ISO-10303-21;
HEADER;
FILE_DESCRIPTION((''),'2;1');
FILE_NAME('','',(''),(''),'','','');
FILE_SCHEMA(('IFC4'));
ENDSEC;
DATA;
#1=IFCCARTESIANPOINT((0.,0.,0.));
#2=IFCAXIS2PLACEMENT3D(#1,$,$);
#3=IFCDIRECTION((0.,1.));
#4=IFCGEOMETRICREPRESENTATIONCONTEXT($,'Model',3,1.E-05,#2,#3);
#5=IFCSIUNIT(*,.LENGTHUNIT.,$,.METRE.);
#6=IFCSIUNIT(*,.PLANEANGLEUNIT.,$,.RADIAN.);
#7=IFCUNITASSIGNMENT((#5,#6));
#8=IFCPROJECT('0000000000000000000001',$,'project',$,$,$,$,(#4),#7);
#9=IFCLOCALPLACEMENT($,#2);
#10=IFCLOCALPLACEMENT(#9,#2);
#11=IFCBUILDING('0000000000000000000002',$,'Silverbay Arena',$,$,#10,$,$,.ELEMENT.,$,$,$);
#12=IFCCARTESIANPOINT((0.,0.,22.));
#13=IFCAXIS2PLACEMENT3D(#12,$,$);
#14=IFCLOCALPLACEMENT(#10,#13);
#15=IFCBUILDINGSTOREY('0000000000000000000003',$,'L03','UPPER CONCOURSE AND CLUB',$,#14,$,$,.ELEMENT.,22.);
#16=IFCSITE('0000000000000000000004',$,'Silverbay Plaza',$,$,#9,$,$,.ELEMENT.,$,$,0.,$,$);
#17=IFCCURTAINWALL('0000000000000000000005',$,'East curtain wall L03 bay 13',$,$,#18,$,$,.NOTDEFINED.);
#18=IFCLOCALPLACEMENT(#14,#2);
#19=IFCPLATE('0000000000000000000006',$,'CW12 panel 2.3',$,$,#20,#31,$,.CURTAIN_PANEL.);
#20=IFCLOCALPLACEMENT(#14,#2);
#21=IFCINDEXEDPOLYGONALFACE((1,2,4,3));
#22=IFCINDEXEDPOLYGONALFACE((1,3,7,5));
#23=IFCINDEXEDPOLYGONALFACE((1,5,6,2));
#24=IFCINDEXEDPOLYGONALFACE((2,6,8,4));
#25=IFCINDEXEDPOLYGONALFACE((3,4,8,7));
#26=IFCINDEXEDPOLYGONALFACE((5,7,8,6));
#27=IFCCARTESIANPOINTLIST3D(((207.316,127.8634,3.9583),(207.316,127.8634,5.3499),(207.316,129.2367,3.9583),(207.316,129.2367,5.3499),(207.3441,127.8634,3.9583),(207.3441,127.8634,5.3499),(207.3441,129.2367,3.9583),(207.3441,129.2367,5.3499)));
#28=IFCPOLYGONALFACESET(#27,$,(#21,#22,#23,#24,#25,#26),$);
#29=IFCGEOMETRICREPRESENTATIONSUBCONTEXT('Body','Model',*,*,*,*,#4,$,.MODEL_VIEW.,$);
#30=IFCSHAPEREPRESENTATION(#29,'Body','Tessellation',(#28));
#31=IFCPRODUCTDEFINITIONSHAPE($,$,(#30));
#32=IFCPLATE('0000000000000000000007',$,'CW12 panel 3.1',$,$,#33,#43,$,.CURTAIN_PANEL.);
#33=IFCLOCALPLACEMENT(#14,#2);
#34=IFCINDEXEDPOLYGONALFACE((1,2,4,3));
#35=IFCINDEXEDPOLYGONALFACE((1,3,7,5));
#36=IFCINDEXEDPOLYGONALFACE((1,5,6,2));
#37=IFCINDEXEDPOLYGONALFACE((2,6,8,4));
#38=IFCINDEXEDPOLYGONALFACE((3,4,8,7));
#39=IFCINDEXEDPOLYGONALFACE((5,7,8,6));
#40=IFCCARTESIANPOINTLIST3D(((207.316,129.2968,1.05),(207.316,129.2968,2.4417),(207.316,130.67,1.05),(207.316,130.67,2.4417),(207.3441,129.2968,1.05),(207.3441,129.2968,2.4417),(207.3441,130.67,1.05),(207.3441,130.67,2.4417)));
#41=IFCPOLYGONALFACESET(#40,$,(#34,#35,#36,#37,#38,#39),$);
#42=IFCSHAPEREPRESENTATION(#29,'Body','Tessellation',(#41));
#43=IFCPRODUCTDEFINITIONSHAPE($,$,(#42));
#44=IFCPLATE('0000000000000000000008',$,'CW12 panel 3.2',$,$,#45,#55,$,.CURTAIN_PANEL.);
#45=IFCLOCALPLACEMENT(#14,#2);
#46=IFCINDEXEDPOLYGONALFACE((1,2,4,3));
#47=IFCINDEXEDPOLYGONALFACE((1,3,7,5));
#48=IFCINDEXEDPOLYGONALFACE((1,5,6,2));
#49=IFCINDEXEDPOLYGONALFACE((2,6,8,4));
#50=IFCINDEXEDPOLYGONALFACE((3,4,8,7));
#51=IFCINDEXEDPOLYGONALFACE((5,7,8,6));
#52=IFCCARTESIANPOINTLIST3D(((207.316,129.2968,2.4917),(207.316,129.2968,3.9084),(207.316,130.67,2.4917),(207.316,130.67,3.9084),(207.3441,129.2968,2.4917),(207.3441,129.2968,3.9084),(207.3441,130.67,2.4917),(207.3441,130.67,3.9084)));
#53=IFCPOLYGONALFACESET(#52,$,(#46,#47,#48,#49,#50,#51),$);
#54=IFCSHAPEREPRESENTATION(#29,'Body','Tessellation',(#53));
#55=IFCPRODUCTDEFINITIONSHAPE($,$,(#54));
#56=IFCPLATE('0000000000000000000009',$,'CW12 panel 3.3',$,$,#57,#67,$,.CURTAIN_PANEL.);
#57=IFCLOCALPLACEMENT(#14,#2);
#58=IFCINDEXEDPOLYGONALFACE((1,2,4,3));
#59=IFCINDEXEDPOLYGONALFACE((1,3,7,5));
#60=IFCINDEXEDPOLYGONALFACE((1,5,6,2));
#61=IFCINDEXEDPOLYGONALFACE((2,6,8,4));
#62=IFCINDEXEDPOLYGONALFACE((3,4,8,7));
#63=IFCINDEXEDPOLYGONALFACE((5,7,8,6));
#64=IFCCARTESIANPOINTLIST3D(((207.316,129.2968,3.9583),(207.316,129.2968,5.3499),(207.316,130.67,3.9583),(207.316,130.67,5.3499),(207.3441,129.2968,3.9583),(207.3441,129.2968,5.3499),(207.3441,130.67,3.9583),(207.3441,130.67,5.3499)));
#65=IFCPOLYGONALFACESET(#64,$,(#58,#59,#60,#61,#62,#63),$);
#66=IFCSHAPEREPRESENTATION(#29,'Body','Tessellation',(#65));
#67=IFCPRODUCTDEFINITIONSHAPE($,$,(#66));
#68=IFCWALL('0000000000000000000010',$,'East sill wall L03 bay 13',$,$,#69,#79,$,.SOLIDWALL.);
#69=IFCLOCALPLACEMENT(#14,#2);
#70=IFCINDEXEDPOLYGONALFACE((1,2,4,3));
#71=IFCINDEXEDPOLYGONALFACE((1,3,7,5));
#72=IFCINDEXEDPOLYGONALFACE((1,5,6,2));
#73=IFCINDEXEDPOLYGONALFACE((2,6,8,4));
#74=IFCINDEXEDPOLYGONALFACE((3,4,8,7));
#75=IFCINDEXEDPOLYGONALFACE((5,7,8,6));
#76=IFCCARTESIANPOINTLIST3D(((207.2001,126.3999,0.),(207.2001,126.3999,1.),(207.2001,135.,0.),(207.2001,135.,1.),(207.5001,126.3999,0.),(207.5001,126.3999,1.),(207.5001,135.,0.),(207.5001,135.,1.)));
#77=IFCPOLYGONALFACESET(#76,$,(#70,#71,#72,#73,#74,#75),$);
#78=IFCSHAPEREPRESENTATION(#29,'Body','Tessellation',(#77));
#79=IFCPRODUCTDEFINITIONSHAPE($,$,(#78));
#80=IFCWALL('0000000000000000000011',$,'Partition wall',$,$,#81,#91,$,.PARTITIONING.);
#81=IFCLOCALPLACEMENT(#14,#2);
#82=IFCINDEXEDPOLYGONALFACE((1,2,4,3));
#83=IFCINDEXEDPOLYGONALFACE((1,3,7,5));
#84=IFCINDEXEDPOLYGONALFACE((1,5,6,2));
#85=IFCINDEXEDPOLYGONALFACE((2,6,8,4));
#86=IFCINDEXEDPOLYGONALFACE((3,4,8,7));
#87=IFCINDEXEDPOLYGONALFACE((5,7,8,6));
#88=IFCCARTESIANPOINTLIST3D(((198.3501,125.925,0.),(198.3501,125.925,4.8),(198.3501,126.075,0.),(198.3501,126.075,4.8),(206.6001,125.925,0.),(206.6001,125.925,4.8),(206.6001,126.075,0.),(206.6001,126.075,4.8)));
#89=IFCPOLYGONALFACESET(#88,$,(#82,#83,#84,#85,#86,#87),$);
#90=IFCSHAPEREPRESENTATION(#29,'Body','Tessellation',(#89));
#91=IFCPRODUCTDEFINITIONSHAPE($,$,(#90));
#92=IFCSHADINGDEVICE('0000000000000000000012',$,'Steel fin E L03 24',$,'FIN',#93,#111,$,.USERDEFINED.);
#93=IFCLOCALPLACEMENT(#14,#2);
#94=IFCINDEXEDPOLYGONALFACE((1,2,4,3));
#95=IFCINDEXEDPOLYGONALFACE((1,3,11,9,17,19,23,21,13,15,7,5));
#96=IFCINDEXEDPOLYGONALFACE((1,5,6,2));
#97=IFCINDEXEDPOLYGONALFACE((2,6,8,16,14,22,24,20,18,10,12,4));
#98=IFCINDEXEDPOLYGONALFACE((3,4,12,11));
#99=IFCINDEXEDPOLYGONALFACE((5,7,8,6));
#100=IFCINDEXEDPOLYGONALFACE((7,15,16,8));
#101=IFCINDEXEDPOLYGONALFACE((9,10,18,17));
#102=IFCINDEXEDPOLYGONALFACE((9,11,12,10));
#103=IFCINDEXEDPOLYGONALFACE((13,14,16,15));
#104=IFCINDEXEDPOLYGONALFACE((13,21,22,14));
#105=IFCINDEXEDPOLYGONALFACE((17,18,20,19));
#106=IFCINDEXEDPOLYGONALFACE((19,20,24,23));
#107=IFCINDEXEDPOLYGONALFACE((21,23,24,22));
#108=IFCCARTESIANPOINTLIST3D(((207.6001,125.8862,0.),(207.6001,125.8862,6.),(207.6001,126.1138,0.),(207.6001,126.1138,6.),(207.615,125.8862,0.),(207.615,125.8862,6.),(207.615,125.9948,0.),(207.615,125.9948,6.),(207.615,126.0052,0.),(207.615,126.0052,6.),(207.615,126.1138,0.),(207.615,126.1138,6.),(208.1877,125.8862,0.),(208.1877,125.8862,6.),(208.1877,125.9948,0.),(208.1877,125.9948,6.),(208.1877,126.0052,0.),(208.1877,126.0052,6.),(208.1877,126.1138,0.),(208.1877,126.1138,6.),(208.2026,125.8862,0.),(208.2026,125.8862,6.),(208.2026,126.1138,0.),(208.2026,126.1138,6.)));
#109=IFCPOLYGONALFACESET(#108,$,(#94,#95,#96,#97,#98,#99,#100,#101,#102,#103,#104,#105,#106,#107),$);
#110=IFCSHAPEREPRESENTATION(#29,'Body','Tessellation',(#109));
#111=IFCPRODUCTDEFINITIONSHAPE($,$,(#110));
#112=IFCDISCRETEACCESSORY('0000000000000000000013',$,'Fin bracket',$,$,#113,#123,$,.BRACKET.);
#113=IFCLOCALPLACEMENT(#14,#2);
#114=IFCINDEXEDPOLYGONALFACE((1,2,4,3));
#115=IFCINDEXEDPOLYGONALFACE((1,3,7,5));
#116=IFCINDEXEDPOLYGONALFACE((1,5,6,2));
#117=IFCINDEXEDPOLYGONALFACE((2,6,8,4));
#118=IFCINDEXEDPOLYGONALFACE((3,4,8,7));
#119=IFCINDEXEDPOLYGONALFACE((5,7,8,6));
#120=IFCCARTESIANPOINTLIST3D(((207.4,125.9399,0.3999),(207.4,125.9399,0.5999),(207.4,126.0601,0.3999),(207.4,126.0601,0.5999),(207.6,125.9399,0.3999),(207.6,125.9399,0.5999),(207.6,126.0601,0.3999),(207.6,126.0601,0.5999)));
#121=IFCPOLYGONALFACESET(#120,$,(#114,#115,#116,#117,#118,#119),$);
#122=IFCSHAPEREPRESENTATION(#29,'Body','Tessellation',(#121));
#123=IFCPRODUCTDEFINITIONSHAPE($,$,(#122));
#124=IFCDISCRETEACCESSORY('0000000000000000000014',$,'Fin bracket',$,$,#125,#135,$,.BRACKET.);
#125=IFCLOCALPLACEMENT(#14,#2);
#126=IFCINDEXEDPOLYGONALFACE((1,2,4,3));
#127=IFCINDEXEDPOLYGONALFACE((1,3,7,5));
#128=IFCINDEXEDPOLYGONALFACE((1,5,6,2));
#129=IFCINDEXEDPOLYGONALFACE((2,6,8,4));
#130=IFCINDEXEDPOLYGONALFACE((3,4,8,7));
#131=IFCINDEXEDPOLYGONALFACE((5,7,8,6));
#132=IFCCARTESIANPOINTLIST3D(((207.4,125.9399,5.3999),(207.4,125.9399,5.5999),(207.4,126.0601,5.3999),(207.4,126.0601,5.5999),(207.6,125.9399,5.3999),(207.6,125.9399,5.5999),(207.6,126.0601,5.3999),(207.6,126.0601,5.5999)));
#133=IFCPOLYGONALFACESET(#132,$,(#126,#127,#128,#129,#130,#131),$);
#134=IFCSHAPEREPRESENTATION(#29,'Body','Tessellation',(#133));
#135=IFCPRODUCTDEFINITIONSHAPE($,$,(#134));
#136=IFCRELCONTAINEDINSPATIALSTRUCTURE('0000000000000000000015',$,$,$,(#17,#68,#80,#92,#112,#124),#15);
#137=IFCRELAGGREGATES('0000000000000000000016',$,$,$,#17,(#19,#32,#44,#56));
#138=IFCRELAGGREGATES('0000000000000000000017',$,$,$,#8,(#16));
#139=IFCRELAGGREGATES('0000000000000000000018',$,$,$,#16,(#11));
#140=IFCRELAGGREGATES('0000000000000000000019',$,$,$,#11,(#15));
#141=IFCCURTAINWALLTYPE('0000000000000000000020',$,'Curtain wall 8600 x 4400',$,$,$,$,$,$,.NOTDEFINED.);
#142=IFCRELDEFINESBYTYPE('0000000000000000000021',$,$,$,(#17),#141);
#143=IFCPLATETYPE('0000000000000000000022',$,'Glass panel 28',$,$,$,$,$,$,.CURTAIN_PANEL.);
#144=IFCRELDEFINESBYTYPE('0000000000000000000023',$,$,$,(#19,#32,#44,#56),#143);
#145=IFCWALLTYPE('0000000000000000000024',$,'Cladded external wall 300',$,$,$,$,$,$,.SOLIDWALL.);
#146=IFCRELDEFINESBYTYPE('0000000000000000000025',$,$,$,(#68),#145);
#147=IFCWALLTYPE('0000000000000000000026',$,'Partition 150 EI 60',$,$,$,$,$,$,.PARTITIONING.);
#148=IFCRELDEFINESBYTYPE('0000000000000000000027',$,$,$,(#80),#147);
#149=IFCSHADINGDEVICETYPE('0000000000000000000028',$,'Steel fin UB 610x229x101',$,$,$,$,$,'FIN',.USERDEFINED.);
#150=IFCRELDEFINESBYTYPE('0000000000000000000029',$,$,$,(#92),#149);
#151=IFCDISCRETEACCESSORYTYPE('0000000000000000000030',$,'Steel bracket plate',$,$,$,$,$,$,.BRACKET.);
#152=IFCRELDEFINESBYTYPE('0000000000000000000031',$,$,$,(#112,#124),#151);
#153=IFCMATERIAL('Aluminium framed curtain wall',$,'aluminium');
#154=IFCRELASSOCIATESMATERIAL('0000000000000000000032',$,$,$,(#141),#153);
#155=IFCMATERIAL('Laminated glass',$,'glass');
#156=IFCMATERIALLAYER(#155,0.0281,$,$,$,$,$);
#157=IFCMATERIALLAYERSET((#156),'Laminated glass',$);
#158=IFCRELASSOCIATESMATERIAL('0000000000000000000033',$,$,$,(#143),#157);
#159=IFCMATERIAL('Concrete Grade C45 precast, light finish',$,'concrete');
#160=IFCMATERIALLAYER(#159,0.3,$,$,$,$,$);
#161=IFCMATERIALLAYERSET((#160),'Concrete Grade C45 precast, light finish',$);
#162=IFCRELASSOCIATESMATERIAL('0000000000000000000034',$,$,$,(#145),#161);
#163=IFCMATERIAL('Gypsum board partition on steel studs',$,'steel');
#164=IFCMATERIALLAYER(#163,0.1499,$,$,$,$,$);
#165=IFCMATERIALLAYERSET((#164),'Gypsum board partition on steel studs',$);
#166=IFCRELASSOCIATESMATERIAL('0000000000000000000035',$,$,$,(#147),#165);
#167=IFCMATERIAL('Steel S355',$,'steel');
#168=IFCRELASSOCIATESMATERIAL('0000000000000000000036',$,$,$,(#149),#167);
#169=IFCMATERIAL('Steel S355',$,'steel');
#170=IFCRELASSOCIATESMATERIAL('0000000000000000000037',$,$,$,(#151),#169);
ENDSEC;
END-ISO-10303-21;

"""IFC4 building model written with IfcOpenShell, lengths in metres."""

from ifc_helpers import new_model, si_unit, direction, frame, frame_2d, origin, origin_2d, place, context, subcontext, project, spatial, rectangle, i_section, extrude, material, layer, layer_set, material_profile, profile_set, type_object, element, aggregate, save


model = new_model("IFC4")

# Units and contexts
model_context = context("Model", 3, precision=1e-05, world=origin(), true_north=direction((0.0, 1.0)))
body_context = subcontext(model_context, "Body", "Model", "MODEL_VIEW")
ifc_project = project(units=[si_unit("LENGTHUNIT", "METRE"), si_unit("PLANEANGLEUNIT", "RADIAN")], contexts=[model_context])

# Site, building, storey
site_placement = place(None, origin())
site = spatial("IfcSite", under=ifc_project, at=site_placement, Name="Silverbay Plaza", CompositionType="ELEMENT", RefElevation=0.0)
building_placement = place(site_placement, origin())
building = spatial("IfcBuilding", under=site, at=building_placement, Name="Silverbay Arena", CompositionType="ELEMENT")
storey_placement = place(building_placement, frame((0.0, 0.0, 22.0)))
storey = spatial("IfcBuildingStorey", under=building, at=storey_placement, Name="L03", Description="UPPER CONCOURSE AND CLUB", CompositionType="ELEMENT", Elevation=22.0)

# Curtain wall
ifc_material_1 = material(Name="Aluminium framed curtain wall", Category="aluminium")
curtain_wall_type = type_object("IfcCurtainWallType", Name="Curtain wall 8600 x 4400", PredefinedType="NOTDEFINED", material=ifc_material_1)
curtain_wall_placement = place(storey_placement, origin())
curtain_wall = element("IfcCurtainWall", 1, at=curtain_wall_placement, inside=storey, type_object=curtain_wall_type, Name="East curtain wall L03 bay 13", PredefinedType="NOTDEFINED")

# Plates
ifc_material_2 = material(Name="Laminated glass", Category="glass")
ifc_layer_1 = layer(ifc_material_2, 0.0281)
ifc_layer_set_1 = layer_set([ifc_layer_1], Name="Laminated glass")
plate_type = type_object("IfcPlateType", Name="Glass panel 28", PredefinedType="CURTAIN_PANEL", material=ifc_layer_set_1)
plate_1_placement = place(storey_placement, frame((207.3301, 128.55, 3.9583), z_axis=(0.0, 0.0, 1.0), x_axis=(0.0, 1.0, 0.0)))
plate_1 = element("IfcPlate", 2, at=plate_1_placement, type_object=plate_type, Name="CW12 panel 2.3", PredefinedType="CURTAIN_PANEL", context=body_context, shape_type="SweptSolid", body=[
    extrude(rectangle(XDim=1.3733, YDim=0.0281, at=origin_2d()), origin(), (0.0, 0.0, 1.0), 1.3916),
])
plate_2_placement = place(storey_placement, frame((207.3301, 129.9834, 1.05), z_axis=(0.0, 0.0, 1.0), x_axis=(0.0, 1.0, 0.0)))
plate_2 = element("IfcPlate", 3, at=plate_2_placement, type_object=plate_type, Name="CW12 panel 3.1", PredefinedType="CURTAIN_PANEL", context=body_context, shape_type="SweptSolid", body=[
    extrude(rectangle(XDim=1.3733, YDim=0.0281, at=origin_2d()), origin(), (0.0, 0.0, 1.0), 1.3916),
])
plate_3_placement = place(storey_placement, frame((207.3301, 129.9834, 2.4917), z_axis=(0.0, 0.0, 1.0), x_axis=(0.0, 1.0, 0.0)))
plate_3 = element("IfcPlate", 4, at=plate_3_placement, type_object=plate_type, Name="CW12 panel 3.2", PredefinedType="CURTAIN_PANEL", context=body_context, shape_type="SweptSolid", body=[
    extrude(rectangle(XDim=1.3733, YDim=0.0281, at=origin_2d()), origin(), (0.0, 0.0, 1.0), 1.4167),
])
plate_4_placement = place(storey_placement, frame((207.3301, 129.9834, 3.9583), z_axis=(0.0, 0.0, 1.0), x_axis=(0.0, 1.0, 0.0)))
plate_4 = element("IfcPlate", 5, at=plate_4_placement, type_object=plate_type, Name="CW12 panel 3.3", PredefinedType="CURTAIN_PANEL", context=body_context, shape_type="SweptSolid", body=[
    extrude(rectangle(XDim=1.3733, YDim=0.0281, at=origin_2d()), origin(), (0.0, 0.0, 1.0), 1.3916),
])
aggregate(curtain_wall, [plate_1, plate_2, plate_3, plate_4])

# Walls
ifc_material_3 = material(Name="Concrete Grade C45 precast, light finish", Category="concrete")
ifc_layer_2 = layer(ifc_material_3, 0.3)
ifc_layer_set_2 = layer_set([ifc_layer_2], Name="Concrete Grade C45 precast, light finish")
wall_type_1 = type_object("IfcWallType", Name="Cladded external wall 300", PredefinedType="SOLIDWALL", material=ifc_layer_set_2)
wall_1_placement = place(storey_placement, frame((207.3501, 126.3999, 0.0), z_axis=(0.0, 0.0, 1.0), x_axis=(0.0, 1.0, 0.0)))
element("IfcWall", 6, at=wall_1_placement, inside=storey, type_object=wall_type_1, Name="East sill wall L03 bay 13", PredefinedType="SOLIDWALL", context=body_context, shape_type="SweptSolid", body=[
    extrude(rectangle(XDim=8.6001, YDim=0.3, at=frame_2d((4.3, 0.0))), origin(), (0.0, 0.0, 1.0), 1.0),
])
ifc_material_4 = material(Name="Gypsum board partition on steel studs", Category="steel")
ifc_layer_3 = layer(ifc_material_4, 0.1499)
ifc_layer_set_3 = layer_set([ifc_layer_3], Name="Gypsum board partition on steel studs")
wall_type_2 = type_object("IfcWallType", Name="Partition 150 EI 60", PredefinedType="PARTITIONING", material=ifc_layer_set_3)
wall_2_placement = place(storey_placement, frame((198.3501, 126.0, 0.0), z_axis=(0.0, 0.0, 1.0), x_axis=(1.0, 0.0, 0.0)))
element("IfcWall", 7, at=wall_2_placement, inside=storey, type_object=wall_type_2, Name="Partition wall", PredefinedType="PARTITIONING", context=body_context, shape_type="SweptSolid", body=[
    extrude(rectangle(XDim=8.25, YDim=0.1499, at=frame_2d((4.125, 0.0))), origin(), (0.0, 0.0, 1.0), 4.8),
])

# Shading device
ifc_material_5 = material(Name="Steel S355", Category="steel")
ifc_material_profile_1 = material_profile(ifc_material_5, i_section(OverallWidth=0.2275, OverallDepth=0.6025, WebThickness=0.0105, FlangeThickness=0.0149, at=origin_2d()), Name="UB 610x229x101")
ifc_profile_set_1 = profile_set([ifc_material_profile_1], Name="Steel S355")
shading_device_type = type_object("IfcShadingDeviceType", Name="Steel fin UB 610x229x101", ElementType="FIN", PredefinedType="USERDEFINED", material=ifc_profile_set_1)
shading_device_placement = place(storey_placement, frame((207.9014, 126.0, 0.0), z_axis=(0.0, 0.0, 1.0), x_axis=(0.0, 1.0, 0.0)))
element("IfcShadingDevice", 8, at=shading_device_placement, inside=storey, type_object=shading_device_type, Name="Steel fin E L03 24", ObjectType="FIN", PredefinedType="USERDEFINED", context=body_context, shape_type="SweptSolid", body=[
    extrude(i_section(OverallWidth=0.2275, OverallDepth=0.6025, WebThickness=0.0105, FlangeThickness=0.0149, at=origin_2d()), origin(), (0.0, 0.0, 1.0), 6.0),
])

# Discrete accessories
ifc_material_6 = material(Name="Steel S355", Category="steel")
discrete_accessory_type = type_object("IfcDiscreteAccessoryType", Name="Steel bracket plate", PredefinedType="BRACKET", material=ifc_material_6)
for number, where, z_axis, x_axis, name in (
    (9, (207.5, 126.0, 0.3999), (0.0, 0.0, 1.0), (1.0, 0.0, 0.0), "Fin bracket"),
    (10, (207.5, 126.0, 5.3999), (0.0, 0.0, 1.0), (1.0, 0.0, 0.0), "Fin bracket"),
):
    element("IfcDiscreteAccessory", number, at=place(storey_placement, frame(where, z_axis=z_axis, x_axis=x_axis)), inside=storey, type_object=discrete_accessory_type, Name=name, PredefinedType="BRACKET", context=body_context, shape_type="SweptSolid", body=[
        extrude(rectangle(XDim=0.2, YDim=0.1201, at=origin_2d()), origin(), (0.0, 0.0, 1.0), 0.2),
    ])

save(model, "model.ifc")
